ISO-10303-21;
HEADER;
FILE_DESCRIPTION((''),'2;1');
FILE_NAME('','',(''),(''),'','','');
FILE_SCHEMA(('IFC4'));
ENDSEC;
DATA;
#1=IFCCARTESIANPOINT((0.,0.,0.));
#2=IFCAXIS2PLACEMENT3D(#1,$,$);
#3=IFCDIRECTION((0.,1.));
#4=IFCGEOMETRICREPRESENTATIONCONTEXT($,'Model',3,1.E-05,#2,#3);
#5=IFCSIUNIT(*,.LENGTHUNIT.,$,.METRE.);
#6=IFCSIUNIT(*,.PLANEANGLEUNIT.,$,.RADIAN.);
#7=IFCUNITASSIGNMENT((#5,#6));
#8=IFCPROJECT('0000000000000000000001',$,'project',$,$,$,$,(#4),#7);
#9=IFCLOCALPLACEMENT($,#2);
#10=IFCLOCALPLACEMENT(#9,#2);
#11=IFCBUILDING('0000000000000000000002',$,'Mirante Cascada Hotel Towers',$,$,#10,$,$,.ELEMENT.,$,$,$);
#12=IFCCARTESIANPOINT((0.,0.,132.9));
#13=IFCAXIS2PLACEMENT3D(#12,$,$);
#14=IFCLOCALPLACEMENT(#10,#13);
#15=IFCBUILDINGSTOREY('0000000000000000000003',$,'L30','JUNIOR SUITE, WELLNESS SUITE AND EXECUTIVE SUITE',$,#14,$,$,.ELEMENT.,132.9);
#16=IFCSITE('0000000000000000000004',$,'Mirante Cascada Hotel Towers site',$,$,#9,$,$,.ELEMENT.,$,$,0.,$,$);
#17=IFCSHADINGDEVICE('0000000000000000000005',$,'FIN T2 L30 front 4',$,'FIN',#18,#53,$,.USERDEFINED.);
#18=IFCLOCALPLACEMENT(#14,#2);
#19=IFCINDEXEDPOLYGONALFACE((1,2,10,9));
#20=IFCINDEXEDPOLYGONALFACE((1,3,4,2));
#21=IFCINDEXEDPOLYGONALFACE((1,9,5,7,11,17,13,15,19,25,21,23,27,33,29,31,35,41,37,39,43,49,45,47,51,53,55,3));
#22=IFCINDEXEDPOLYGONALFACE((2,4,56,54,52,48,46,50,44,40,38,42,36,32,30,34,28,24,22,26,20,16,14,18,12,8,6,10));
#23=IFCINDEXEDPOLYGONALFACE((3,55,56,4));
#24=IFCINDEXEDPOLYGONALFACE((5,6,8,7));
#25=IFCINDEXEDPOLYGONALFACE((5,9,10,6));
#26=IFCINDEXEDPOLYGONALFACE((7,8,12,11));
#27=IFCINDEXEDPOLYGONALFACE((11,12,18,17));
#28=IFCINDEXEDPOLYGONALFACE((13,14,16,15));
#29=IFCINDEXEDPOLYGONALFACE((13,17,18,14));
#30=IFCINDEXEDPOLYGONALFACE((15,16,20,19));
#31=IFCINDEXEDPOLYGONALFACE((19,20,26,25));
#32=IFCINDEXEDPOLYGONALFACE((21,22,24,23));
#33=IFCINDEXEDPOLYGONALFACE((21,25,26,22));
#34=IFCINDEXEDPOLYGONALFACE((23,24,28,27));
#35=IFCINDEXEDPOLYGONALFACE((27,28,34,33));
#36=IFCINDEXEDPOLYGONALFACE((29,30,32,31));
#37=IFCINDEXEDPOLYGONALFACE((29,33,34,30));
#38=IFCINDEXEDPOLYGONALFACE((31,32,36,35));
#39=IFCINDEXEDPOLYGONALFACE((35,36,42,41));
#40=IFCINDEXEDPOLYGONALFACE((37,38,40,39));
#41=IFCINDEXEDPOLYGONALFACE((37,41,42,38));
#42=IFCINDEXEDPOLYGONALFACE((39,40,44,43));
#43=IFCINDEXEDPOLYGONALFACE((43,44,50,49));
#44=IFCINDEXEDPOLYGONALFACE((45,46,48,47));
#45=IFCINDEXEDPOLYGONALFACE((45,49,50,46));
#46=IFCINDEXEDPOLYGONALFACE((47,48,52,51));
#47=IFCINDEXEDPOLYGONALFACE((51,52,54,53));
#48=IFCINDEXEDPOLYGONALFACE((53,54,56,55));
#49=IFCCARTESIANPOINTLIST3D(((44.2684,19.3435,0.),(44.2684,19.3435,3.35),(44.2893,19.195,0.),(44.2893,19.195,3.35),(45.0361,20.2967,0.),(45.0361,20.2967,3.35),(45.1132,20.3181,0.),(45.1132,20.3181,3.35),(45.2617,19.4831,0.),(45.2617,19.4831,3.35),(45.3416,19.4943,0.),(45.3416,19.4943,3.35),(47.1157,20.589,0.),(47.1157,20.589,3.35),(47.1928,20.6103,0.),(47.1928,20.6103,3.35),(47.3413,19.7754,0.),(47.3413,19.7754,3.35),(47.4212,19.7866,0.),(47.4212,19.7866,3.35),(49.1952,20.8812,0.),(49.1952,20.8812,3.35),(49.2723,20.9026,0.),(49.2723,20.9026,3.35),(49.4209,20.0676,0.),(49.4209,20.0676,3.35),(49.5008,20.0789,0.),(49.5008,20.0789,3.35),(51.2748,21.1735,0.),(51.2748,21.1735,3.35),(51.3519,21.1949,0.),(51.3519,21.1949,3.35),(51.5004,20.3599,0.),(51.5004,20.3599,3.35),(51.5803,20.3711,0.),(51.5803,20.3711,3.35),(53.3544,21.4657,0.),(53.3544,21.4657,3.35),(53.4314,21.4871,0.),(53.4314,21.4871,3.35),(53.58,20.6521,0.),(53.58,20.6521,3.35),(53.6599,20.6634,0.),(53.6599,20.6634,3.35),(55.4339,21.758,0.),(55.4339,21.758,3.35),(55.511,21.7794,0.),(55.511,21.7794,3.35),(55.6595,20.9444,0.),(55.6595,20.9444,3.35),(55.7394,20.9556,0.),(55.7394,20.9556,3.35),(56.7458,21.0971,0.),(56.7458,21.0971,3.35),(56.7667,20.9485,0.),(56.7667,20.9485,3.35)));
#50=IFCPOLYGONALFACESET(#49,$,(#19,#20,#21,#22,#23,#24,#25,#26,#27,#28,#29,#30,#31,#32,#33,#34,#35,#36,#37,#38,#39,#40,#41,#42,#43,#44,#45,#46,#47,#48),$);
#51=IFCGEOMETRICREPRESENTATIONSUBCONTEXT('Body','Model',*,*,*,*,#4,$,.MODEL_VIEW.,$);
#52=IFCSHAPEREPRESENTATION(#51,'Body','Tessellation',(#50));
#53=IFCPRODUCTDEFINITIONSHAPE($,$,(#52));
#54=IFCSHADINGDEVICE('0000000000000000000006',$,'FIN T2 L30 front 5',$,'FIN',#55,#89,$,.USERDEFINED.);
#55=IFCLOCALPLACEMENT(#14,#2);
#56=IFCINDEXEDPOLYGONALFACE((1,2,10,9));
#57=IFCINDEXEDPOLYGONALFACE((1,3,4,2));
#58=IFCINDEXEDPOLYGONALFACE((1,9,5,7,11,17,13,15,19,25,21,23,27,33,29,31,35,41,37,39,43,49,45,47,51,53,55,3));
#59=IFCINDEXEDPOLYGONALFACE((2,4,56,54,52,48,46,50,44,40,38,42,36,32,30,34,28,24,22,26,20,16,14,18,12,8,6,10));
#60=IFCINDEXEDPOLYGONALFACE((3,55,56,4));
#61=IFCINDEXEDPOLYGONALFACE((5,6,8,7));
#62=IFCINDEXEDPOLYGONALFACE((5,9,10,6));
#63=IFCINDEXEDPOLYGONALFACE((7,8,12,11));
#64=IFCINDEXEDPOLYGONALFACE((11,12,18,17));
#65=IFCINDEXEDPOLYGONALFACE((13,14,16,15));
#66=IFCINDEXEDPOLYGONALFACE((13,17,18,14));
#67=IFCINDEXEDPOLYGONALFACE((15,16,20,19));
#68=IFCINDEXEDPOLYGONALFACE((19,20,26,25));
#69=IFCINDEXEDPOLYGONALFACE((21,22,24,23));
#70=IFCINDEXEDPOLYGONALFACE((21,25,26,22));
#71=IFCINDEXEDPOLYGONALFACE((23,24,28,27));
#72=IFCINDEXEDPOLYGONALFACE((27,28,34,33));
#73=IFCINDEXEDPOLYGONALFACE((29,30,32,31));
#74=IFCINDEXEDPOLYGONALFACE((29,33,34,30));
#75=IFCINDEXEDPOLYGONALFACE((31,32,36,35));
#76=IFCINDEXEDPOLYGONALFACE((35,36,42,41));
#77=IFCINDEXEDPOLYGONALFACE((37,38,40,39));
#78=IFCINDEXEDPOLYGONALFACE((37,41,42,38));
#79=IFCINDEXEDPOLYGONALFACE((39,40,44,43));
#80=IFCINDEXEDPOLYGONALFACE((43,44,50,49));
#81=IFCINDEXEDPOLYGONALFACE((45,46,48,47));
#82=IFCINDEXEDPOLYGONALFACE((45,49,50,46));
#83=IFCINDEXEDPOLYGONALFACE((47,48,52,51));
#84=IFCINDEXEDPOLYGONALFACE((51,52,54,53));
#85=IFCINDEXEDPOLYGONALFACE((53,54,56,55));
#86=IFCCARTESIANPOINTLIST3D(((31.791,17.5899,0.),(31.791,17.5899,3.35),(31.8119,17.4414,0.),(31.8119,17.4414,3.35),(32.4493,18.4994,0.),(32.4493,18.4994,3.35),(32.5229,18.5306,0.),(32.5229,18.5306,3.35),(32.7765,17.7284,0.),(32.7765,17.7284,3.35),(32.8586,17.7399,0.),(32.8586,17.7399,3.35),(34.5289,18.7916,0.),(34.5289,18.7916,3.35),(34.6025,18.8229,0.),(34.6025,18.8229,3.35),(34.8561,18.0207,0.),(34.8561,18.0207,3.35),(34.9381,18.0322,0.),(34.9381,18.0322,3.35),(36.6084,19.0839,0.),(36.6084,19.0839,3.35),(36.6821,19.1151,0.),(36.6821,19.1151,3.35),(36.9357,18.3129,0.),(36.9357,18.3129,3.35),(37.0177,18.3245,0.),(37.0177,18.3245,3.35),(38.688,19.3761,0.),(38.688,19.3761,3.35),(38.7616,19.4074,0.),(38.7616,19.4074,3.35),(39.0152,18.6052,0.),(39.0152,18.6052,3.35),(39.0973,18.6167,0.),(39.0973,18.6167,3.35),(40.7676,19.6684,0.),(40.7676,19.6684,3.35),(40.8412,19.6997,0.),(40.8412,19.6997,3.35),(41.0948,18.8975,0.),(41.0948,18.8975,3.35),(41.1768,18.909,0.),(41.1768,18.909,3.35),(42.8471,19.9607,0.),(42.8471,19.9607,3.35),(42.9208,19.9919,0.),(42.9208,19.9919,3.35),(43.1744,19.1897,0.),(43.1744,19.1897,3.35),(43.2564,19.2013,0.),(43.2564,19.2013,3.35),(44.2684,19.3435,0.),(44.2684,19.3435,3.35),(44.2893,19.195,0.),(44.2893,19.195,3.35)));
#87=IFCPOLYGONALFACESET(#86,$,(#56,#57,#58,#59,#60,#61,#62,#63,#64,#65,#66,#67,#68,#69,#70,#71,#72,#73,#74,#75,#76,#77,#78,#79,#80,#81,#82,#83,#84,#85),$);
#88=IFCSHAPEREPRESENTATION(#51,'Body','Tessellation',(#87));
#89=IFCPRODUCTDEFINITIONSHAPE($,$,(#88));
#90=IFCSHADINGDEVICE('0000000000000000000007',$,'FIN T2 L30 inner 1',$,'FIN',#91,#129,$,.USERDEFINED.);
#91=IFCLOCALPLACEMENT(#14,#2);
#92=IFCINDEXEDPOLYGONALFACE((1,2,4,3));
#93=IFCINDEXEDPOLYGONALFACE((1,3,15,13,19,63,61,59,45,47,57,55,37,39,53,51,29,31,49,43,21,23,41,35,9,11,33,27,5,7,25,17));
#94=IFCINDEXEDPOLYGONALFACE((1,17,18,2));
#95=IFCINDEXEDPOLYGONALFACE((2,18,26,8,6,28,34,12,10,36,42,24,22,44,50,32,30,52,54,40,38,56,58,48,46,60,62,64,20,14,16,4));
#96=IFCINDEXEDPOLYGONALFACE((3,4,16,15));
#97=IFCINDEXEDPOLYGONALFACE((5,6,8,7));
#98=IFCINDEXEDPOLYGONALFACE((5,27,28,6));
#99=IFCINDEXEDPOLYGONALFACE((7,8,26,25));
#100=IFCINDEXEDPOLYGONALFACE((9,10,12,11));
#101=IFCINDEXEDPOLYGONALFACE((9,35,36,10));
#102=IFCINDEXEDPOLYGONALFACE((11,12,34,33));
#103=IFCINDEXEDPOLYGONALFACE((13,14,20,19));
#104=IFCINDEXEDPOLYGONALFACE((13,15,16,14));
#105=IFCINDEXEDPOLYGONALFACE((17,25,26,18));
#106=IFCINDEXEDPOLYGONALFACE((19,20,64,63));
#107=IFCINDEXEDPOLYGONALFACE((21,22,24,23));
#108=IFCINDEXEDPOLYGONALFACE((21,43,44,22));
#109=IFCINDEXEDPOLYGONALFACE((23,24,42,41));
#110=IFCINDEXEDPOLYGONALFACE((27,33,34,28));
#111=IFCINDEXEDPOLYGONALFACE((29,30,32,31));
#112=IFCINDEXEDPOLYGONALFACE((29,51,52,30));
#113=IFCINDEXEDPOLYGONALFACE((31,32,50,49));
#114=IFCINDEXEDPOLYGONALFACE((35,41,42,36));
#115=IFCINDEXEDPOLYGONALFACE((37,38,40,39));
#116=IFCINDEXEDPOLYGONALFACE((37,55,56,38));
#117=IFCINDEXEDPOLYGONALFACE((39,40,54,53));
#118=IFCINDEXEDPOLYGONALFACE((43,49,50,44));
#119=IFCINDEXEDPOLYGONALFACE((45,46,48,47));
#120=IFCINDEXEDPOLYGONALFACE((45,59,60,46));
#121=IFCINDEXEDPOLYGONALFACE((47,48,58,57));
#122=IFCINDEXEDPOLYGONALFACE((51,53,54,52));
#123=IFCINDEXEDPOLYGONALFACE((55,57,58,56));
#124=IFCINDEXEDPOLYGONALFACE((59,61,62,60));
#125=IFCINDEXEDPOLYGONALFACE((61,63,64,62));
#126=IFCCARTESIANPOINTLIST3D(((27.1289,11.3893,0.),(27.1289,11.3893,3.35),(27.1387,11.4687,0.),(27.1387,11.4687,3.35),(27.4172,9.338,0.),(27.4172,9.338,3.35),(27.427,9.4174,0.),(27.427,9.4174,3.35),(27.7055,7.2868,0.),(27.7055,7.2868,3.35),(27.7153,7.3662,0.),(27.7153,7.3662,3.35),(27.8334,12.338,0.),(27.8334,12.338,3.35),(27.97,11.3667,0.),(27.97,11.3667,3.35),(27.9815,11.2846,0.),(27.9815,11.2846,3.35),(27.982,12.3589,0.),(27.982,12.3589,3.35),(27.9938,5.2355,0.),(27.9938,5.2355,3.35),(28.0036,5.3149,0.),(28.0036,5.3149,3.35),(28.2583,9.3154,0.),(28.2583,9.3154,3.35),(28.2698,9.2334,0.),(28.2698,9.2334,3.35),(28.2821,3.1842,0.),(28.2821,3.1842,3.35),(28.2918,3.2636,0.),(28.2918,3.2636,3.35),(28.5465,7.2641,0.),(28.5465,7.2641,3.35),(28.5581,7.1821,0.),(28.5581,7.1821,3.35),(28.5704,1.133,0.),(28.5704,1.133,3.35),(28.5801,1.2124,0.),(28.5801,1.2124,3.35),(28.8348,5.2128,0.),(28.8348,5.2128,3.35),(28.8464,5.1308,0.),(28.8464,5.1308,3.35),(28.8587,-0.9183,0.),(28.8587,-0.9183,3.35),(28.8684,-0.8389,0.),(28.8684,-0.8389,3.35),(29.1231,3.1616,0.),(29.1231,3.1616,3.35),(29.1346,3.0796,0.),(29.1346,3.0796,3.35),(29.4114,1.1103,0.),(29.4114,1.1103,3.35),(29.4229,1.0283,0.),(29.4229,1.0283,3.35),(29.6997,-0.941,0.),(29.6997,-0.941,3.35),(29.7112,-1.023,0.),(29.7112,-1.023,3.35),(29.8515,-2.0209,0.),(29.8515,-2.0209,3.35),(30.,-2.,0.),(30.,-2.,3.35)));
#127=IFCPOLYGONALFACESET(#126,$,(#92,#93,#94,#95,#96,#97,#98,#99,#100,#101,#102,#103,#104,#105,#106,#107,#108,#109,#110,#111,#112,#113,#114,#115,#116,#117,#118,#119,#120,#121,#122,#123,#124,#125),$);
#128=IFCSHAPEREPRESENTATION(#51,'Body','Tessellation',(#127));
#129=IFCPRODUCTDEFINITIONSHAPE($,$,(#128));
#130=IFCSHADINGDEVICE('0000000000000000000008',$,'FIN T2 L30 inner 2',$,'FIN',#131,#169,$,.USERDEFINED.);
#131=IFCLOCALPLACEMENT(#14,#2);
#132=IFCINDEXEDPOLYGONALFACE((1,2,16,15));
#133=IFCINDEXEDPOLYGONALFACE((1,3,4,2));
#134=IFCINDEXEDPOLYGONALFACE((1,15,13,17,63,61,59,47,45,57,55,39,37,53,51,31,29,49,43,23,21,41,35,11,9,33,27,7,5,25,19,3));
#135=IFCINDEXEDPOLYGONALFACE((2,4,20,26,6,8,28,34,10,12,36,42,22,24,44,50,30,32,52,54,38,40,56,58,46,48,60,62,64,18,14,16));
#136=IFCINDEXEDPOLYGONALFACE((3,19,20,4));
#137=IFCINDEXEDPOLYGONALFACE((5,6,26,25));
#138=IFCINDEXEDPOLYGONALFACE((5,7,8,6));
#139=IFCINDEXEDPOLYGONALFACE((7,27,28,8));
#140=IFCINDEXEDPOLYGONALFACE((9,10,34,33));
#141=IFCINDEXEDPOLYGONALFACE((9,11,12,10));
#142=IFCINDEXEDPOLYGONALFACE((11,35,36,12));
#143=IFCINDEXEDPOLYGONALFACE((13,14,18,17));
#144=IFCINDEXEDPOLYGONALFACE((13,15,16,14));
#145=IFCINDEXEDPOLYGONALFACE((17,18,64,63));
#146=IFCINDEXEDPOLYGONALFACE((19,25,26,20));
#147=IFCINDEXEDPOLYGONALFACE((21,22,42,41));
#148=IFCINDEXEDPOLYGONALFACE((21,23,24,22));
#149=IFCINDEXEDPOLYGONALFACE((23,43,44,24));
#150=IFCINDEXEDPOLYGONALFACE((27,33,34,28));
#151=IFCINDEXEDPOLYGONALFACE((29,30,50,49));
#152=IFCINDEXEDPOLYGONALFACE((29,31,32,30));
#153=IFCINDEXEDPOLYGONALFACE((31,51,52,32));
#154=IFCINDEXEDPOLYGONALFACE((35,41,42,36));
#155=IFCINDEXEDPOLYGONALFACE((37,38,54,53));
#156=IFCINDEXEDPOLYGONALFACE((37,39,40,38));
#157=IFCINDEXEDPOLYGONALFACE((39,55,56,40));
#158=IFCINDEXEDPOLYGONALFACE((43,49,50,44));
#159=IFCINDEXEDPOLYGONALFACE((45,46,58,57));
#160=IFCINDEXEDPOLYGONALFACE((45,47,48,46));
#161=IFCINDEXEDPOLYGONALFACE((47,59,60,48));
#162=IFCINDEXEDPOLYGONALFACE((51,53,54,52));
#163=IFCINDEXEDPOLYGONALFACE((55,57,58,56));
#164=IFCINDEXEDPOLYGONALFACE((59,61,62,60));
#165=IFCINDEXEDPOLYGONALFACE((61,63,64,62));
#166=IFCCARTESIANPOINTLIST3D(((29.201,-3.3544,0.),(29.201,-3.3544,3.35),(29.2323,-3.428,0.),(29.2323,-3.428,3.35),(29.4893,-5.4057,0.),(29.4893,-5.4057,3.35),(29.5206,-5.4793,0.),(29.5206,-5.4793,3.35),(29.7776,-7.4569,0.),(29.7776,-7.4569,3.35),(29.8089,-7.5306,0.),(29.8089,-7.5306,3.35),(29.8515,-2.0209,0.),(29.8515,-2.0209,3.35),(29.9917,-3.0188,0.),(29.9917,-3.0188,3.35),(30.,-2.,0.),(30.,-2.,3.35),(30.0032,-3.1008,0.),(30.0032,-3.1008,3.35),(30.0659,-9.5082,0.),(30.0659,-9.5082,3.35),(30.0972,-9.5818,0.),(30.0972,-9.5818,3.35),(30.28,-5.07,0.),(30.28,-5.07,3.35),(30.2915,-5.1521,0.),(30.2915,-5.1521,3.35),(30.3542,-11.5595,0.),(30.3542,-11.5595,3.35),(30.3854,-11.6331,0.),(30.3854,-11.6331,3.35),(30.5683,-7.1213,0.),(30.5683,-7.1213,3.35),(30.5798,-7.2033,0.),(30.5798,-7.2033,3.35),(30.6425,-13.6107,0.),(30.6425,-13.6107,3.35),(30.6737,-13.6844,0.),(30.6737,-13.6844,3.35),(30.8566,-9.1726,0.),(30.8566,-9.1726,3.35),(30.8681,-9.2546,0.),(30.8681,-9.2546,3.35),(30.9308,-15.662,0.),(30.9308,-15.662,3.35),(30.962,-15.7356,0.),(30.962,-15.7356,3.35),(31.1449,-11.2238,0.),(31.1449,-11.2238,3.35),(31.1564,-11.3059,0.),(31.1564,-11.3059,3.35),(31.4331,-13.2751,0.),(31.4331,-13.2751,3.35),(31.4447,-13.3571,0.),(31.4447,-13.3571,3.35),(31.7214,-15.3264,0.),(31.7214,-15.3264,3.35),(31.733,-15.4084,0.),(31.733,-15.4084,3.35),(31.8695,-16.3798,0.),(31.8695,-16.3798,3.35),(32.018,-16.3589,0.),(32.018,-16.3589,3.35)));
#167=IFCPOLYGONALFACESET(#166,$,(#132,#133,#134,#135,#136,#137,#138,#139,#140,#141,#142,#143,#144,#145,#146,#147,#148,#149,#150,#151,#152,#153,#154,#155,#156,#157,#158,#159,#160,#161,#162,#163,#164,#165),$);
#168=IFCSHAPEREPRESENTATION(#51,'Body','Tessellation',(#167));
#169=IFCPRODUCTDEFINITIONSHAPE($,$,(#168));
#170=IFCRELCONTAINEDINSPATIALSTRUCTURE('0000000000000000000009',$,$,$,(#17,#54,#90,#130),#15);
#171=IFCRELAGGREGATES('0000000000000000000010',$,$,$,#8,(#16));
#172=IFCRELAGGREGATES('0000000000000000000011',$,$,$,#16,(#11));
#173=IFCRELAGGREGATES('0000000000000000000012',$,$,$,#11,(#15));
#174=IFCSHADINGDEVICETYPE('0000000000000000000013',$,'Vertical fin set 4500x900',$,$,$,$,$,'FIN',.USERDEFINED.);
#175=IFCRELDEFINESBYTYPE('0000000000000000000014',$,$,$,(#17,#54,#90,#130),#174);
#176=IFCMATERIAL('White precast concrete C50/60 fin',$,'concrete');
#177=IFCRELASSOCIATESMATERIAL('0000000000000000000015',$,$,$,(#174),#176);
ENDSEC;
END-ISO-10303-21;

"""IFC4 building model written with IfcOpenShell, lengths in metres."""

from ifc_helpers import new_model, si_unit, direction, frame, origin, place, context, subcontext, project, spatial, polyline, outline, extrude, material, type_object, element, save


model = new_model("IFC4")

# Units and contexts
model_context = context("Model", 3, precision=1e-05, world=origin(), true_north=direction((0.0, 1.0)))
body_context = subcontext(model_context, "Body", "Model", "MODEL_VIEW")
ifc_project = project(units=[si_unit("LENGTHUNIT", "METRE"), si_unit("PLANEANGLEUNIT", "RADIAN")], contexts=[model_context])

# Site, building, storey
site_placement = place(None, origin())
site = spatial("IfcSite", under=ifc_project, at=site_placement, Name="Mirante Cascada Hotel Towers site", CompositionType="ELEMENT", RefElevation=0.0)
building_placement = place(site_placement, origin())
building = spatial("IfcBuilding", under=site, at=building_placement, Name="Mirante Cascada Hotel Towers", CompositionType="ELEMENT")
storey_placement = place(building_placement, frame((0.0, 0.0, 132.9)))
storey = spatial("IfcBuildingStorey", under=building, at=storey_placement, Name="L30", Description="JUNIOR SUITE, WELLNESS SUITE AND EXECUTIVE SUITE", CompositionType="ELEMENT", Elevation=132.9)

# Shading devices
ifc_material_1 = material(Name="White precast concrete C50/60 fin", Category="concrete")
shading_device_type = type_object("IfcShadingDeviceType", Name="Vertical fin set 4500x900", ElementType="FIN", PredefinedType="USERDEFINED", material=ifc_material_1)
shading_device_1_placement = place(storey_placement, origin())
element("IfcShadingDevice", 1, at=shading_device_1_placement, inside=storey, type_object=shading_device_type, Name="FIN T2 L30 front 4", ObjectType="FIN", PredefinedType="USERDEFINED", context=body_context, shape_type="SweptSolid", body=[
    extrude(outline(polyline([(45.1132, 20.3181), (45.3416, 19.4943), (47.3413, 19.7754), (47.1157, 20.589), (47.1928, 20.6103), (47.4212, 19.7866), (49.4209, 20.0676), (49.1952, 20.8812), (49.2723, 20.9026), (49.5008, 20.0789), (51.5004, 20.3599), (51.2748, 21.1735), (51.3519, 21.1949), (51.5803, 20.3711), (53.58, 20.6521), (53.3544, 21.4657), (53.4314, 21.4871), (53.6599, 20.6634), (55.6595, 20.9444), (55.4339, 21.758), (55.511, 21.7794), (55.7394, 20.9556), (56.7458, 21.0971), (56.7667, 20.9485), (44.2893, 19.195), (44.2684, 19.3435), (45.2617, 19.4831), (45.0361, 20.2967), (45.1132, 20.3181)])), origin(), (0.0, 0.0, 1.0), 3.35),
])
shading_device_2_placement = place(storey_placement, origin())
element("IfcShadingDevice", 2, at=shading_device_2_placement, inside=storey, type_object=shading_device_type, Name="FIN T2 L30 front 5", ObjectType="FIN", PredefinedType="USERDEFINED", context=body_context, shape_type="SweptSolid", body=[
    extrude(outline(polyline([(32.5229, 18.5306), (32.8586, 17.7399), (34.8561, 18.0207), (34.5289, 18.7916), (34.6025, 18.8229), (34.9381, 18.0322), (36.9357, 18.3129), (36.6084, 19.0839), (36.6821, 19.1151), (37.0177, 18.3245), (39.0152, 18.6052), (38.688, 19.3761), (38.7616, 19.4074), (39.0973, 18.6167), (41.0948, 18.8975), (40.7676, 19.6684), (40.8412, 19.6997), (41.1768, 18.909), (43.1744, 19.1897), (42.8471, 19.9607), (42.9208, 19.9919), (43.2564, 19.2013), (44.2684, 19.3435), (44.2893, 19.195), (31.8119, 17.4414), (31.791, 17.5899), (32.7765, 17.7284), (32.4493, 18.4994), (32.5229, 18.5306)])), origin(), (0.0, 0.0, 1.0), 3.35),
])
shading_device_3_placement = place(storey_placement, origin())
element("IfcShadingDevice", 3, at=shading_device_3_placement, inside=storey, type_object=shading_device_type, Name="FIN T2 L30 inner 1", ObjectType="FIN", PredefinedType="USERDEFINED", context=body_context, shape_type="SweptSolid", body=[
    extrude(outline(polyline([(28.8684, -0.8389), (29.6997, -0.941), (29.4229, 1.0283), (28.5704, 1.133), (28.5801, 1.2124), (29.4114, 1.1103), (29.1346, 3.0796), (28.2821, 3.1842), (28.2918, 3.2636), (29.1231, 3.1616), (28.8464, 5.1308), (27.9938, 5.2355), (28.0036, 5.3149), (28.8348, 5.2128), (28.5581, 7.1821), (27.7055, 7.2868), (27.7153, 7.3662), (28.5465, 7.2641), (28.2698, 9.2334), (27.4172, 9.338), (27.427, 9.4174), (28.2583, 9.3154), (27.9815, 11.2846), (27.1289, 11.3893), (27.1387, 11.4687), (27.97, 11.3667), (27.8334, 12.338), (27.982, 12.3589), (30.0, -2.0), (29.8515, -2.0209), (29.7112, -1.023), (28.8587, -0.9183), (28.8684, -0.8389)])), origin(), (0.0, 0.0, 1.0), 3.35),
])
shading_device_4_placement = place(storey_placement, origin())
element("IfcShadingDevice", 4, at=shading_device_4_placement, inside=storey, type_object=shading_device_type, Name="FIN T2 L30 inner 2", ObjectType="FIN", PredefinedType="USERDEFINED", context=body_context, shape_type="SweptSolid", body=[
    extrude(outline(polyline([(30.9308, -15.662), (31.7214, -15.3264), (31.4447, -13.3571), (30.6737, -13.6844), (30.6425, -13.6107), (31.4331, -13.2751), (31.1564, -11.3059), (30.3854, -11.6331), (30.3542, -11.5595), (31.1449, -11.2238), (30.8681, -9.2546), (30.0972, -9.5818), (30.0659, -9.5082), (30.8566, -9.1726), (30.5798, -7.2033), (29.8089, -7.5306), (29.7776, -7.4569), (30.5683, -7.1213), (30.2915, -5.1521), (29.5206, -5.4793), (29.4893, -5.4057), (30.28, -5.07), (30.0032, -3.1008), (29.2323, -3.428), (29.201, -3.3544), (29.9917, -3.0188), (29.8515, -2.0209), (30.0, -2.0), (32.018, -16.3589), (31.8695, -16.3798), (31.733, -15.4084), (30.962, -15.7356), (30.9308, -15.662)])), origin(), (0.0, 0.0, 1.0), 3.35),
])

save(model, "model.ifc")
